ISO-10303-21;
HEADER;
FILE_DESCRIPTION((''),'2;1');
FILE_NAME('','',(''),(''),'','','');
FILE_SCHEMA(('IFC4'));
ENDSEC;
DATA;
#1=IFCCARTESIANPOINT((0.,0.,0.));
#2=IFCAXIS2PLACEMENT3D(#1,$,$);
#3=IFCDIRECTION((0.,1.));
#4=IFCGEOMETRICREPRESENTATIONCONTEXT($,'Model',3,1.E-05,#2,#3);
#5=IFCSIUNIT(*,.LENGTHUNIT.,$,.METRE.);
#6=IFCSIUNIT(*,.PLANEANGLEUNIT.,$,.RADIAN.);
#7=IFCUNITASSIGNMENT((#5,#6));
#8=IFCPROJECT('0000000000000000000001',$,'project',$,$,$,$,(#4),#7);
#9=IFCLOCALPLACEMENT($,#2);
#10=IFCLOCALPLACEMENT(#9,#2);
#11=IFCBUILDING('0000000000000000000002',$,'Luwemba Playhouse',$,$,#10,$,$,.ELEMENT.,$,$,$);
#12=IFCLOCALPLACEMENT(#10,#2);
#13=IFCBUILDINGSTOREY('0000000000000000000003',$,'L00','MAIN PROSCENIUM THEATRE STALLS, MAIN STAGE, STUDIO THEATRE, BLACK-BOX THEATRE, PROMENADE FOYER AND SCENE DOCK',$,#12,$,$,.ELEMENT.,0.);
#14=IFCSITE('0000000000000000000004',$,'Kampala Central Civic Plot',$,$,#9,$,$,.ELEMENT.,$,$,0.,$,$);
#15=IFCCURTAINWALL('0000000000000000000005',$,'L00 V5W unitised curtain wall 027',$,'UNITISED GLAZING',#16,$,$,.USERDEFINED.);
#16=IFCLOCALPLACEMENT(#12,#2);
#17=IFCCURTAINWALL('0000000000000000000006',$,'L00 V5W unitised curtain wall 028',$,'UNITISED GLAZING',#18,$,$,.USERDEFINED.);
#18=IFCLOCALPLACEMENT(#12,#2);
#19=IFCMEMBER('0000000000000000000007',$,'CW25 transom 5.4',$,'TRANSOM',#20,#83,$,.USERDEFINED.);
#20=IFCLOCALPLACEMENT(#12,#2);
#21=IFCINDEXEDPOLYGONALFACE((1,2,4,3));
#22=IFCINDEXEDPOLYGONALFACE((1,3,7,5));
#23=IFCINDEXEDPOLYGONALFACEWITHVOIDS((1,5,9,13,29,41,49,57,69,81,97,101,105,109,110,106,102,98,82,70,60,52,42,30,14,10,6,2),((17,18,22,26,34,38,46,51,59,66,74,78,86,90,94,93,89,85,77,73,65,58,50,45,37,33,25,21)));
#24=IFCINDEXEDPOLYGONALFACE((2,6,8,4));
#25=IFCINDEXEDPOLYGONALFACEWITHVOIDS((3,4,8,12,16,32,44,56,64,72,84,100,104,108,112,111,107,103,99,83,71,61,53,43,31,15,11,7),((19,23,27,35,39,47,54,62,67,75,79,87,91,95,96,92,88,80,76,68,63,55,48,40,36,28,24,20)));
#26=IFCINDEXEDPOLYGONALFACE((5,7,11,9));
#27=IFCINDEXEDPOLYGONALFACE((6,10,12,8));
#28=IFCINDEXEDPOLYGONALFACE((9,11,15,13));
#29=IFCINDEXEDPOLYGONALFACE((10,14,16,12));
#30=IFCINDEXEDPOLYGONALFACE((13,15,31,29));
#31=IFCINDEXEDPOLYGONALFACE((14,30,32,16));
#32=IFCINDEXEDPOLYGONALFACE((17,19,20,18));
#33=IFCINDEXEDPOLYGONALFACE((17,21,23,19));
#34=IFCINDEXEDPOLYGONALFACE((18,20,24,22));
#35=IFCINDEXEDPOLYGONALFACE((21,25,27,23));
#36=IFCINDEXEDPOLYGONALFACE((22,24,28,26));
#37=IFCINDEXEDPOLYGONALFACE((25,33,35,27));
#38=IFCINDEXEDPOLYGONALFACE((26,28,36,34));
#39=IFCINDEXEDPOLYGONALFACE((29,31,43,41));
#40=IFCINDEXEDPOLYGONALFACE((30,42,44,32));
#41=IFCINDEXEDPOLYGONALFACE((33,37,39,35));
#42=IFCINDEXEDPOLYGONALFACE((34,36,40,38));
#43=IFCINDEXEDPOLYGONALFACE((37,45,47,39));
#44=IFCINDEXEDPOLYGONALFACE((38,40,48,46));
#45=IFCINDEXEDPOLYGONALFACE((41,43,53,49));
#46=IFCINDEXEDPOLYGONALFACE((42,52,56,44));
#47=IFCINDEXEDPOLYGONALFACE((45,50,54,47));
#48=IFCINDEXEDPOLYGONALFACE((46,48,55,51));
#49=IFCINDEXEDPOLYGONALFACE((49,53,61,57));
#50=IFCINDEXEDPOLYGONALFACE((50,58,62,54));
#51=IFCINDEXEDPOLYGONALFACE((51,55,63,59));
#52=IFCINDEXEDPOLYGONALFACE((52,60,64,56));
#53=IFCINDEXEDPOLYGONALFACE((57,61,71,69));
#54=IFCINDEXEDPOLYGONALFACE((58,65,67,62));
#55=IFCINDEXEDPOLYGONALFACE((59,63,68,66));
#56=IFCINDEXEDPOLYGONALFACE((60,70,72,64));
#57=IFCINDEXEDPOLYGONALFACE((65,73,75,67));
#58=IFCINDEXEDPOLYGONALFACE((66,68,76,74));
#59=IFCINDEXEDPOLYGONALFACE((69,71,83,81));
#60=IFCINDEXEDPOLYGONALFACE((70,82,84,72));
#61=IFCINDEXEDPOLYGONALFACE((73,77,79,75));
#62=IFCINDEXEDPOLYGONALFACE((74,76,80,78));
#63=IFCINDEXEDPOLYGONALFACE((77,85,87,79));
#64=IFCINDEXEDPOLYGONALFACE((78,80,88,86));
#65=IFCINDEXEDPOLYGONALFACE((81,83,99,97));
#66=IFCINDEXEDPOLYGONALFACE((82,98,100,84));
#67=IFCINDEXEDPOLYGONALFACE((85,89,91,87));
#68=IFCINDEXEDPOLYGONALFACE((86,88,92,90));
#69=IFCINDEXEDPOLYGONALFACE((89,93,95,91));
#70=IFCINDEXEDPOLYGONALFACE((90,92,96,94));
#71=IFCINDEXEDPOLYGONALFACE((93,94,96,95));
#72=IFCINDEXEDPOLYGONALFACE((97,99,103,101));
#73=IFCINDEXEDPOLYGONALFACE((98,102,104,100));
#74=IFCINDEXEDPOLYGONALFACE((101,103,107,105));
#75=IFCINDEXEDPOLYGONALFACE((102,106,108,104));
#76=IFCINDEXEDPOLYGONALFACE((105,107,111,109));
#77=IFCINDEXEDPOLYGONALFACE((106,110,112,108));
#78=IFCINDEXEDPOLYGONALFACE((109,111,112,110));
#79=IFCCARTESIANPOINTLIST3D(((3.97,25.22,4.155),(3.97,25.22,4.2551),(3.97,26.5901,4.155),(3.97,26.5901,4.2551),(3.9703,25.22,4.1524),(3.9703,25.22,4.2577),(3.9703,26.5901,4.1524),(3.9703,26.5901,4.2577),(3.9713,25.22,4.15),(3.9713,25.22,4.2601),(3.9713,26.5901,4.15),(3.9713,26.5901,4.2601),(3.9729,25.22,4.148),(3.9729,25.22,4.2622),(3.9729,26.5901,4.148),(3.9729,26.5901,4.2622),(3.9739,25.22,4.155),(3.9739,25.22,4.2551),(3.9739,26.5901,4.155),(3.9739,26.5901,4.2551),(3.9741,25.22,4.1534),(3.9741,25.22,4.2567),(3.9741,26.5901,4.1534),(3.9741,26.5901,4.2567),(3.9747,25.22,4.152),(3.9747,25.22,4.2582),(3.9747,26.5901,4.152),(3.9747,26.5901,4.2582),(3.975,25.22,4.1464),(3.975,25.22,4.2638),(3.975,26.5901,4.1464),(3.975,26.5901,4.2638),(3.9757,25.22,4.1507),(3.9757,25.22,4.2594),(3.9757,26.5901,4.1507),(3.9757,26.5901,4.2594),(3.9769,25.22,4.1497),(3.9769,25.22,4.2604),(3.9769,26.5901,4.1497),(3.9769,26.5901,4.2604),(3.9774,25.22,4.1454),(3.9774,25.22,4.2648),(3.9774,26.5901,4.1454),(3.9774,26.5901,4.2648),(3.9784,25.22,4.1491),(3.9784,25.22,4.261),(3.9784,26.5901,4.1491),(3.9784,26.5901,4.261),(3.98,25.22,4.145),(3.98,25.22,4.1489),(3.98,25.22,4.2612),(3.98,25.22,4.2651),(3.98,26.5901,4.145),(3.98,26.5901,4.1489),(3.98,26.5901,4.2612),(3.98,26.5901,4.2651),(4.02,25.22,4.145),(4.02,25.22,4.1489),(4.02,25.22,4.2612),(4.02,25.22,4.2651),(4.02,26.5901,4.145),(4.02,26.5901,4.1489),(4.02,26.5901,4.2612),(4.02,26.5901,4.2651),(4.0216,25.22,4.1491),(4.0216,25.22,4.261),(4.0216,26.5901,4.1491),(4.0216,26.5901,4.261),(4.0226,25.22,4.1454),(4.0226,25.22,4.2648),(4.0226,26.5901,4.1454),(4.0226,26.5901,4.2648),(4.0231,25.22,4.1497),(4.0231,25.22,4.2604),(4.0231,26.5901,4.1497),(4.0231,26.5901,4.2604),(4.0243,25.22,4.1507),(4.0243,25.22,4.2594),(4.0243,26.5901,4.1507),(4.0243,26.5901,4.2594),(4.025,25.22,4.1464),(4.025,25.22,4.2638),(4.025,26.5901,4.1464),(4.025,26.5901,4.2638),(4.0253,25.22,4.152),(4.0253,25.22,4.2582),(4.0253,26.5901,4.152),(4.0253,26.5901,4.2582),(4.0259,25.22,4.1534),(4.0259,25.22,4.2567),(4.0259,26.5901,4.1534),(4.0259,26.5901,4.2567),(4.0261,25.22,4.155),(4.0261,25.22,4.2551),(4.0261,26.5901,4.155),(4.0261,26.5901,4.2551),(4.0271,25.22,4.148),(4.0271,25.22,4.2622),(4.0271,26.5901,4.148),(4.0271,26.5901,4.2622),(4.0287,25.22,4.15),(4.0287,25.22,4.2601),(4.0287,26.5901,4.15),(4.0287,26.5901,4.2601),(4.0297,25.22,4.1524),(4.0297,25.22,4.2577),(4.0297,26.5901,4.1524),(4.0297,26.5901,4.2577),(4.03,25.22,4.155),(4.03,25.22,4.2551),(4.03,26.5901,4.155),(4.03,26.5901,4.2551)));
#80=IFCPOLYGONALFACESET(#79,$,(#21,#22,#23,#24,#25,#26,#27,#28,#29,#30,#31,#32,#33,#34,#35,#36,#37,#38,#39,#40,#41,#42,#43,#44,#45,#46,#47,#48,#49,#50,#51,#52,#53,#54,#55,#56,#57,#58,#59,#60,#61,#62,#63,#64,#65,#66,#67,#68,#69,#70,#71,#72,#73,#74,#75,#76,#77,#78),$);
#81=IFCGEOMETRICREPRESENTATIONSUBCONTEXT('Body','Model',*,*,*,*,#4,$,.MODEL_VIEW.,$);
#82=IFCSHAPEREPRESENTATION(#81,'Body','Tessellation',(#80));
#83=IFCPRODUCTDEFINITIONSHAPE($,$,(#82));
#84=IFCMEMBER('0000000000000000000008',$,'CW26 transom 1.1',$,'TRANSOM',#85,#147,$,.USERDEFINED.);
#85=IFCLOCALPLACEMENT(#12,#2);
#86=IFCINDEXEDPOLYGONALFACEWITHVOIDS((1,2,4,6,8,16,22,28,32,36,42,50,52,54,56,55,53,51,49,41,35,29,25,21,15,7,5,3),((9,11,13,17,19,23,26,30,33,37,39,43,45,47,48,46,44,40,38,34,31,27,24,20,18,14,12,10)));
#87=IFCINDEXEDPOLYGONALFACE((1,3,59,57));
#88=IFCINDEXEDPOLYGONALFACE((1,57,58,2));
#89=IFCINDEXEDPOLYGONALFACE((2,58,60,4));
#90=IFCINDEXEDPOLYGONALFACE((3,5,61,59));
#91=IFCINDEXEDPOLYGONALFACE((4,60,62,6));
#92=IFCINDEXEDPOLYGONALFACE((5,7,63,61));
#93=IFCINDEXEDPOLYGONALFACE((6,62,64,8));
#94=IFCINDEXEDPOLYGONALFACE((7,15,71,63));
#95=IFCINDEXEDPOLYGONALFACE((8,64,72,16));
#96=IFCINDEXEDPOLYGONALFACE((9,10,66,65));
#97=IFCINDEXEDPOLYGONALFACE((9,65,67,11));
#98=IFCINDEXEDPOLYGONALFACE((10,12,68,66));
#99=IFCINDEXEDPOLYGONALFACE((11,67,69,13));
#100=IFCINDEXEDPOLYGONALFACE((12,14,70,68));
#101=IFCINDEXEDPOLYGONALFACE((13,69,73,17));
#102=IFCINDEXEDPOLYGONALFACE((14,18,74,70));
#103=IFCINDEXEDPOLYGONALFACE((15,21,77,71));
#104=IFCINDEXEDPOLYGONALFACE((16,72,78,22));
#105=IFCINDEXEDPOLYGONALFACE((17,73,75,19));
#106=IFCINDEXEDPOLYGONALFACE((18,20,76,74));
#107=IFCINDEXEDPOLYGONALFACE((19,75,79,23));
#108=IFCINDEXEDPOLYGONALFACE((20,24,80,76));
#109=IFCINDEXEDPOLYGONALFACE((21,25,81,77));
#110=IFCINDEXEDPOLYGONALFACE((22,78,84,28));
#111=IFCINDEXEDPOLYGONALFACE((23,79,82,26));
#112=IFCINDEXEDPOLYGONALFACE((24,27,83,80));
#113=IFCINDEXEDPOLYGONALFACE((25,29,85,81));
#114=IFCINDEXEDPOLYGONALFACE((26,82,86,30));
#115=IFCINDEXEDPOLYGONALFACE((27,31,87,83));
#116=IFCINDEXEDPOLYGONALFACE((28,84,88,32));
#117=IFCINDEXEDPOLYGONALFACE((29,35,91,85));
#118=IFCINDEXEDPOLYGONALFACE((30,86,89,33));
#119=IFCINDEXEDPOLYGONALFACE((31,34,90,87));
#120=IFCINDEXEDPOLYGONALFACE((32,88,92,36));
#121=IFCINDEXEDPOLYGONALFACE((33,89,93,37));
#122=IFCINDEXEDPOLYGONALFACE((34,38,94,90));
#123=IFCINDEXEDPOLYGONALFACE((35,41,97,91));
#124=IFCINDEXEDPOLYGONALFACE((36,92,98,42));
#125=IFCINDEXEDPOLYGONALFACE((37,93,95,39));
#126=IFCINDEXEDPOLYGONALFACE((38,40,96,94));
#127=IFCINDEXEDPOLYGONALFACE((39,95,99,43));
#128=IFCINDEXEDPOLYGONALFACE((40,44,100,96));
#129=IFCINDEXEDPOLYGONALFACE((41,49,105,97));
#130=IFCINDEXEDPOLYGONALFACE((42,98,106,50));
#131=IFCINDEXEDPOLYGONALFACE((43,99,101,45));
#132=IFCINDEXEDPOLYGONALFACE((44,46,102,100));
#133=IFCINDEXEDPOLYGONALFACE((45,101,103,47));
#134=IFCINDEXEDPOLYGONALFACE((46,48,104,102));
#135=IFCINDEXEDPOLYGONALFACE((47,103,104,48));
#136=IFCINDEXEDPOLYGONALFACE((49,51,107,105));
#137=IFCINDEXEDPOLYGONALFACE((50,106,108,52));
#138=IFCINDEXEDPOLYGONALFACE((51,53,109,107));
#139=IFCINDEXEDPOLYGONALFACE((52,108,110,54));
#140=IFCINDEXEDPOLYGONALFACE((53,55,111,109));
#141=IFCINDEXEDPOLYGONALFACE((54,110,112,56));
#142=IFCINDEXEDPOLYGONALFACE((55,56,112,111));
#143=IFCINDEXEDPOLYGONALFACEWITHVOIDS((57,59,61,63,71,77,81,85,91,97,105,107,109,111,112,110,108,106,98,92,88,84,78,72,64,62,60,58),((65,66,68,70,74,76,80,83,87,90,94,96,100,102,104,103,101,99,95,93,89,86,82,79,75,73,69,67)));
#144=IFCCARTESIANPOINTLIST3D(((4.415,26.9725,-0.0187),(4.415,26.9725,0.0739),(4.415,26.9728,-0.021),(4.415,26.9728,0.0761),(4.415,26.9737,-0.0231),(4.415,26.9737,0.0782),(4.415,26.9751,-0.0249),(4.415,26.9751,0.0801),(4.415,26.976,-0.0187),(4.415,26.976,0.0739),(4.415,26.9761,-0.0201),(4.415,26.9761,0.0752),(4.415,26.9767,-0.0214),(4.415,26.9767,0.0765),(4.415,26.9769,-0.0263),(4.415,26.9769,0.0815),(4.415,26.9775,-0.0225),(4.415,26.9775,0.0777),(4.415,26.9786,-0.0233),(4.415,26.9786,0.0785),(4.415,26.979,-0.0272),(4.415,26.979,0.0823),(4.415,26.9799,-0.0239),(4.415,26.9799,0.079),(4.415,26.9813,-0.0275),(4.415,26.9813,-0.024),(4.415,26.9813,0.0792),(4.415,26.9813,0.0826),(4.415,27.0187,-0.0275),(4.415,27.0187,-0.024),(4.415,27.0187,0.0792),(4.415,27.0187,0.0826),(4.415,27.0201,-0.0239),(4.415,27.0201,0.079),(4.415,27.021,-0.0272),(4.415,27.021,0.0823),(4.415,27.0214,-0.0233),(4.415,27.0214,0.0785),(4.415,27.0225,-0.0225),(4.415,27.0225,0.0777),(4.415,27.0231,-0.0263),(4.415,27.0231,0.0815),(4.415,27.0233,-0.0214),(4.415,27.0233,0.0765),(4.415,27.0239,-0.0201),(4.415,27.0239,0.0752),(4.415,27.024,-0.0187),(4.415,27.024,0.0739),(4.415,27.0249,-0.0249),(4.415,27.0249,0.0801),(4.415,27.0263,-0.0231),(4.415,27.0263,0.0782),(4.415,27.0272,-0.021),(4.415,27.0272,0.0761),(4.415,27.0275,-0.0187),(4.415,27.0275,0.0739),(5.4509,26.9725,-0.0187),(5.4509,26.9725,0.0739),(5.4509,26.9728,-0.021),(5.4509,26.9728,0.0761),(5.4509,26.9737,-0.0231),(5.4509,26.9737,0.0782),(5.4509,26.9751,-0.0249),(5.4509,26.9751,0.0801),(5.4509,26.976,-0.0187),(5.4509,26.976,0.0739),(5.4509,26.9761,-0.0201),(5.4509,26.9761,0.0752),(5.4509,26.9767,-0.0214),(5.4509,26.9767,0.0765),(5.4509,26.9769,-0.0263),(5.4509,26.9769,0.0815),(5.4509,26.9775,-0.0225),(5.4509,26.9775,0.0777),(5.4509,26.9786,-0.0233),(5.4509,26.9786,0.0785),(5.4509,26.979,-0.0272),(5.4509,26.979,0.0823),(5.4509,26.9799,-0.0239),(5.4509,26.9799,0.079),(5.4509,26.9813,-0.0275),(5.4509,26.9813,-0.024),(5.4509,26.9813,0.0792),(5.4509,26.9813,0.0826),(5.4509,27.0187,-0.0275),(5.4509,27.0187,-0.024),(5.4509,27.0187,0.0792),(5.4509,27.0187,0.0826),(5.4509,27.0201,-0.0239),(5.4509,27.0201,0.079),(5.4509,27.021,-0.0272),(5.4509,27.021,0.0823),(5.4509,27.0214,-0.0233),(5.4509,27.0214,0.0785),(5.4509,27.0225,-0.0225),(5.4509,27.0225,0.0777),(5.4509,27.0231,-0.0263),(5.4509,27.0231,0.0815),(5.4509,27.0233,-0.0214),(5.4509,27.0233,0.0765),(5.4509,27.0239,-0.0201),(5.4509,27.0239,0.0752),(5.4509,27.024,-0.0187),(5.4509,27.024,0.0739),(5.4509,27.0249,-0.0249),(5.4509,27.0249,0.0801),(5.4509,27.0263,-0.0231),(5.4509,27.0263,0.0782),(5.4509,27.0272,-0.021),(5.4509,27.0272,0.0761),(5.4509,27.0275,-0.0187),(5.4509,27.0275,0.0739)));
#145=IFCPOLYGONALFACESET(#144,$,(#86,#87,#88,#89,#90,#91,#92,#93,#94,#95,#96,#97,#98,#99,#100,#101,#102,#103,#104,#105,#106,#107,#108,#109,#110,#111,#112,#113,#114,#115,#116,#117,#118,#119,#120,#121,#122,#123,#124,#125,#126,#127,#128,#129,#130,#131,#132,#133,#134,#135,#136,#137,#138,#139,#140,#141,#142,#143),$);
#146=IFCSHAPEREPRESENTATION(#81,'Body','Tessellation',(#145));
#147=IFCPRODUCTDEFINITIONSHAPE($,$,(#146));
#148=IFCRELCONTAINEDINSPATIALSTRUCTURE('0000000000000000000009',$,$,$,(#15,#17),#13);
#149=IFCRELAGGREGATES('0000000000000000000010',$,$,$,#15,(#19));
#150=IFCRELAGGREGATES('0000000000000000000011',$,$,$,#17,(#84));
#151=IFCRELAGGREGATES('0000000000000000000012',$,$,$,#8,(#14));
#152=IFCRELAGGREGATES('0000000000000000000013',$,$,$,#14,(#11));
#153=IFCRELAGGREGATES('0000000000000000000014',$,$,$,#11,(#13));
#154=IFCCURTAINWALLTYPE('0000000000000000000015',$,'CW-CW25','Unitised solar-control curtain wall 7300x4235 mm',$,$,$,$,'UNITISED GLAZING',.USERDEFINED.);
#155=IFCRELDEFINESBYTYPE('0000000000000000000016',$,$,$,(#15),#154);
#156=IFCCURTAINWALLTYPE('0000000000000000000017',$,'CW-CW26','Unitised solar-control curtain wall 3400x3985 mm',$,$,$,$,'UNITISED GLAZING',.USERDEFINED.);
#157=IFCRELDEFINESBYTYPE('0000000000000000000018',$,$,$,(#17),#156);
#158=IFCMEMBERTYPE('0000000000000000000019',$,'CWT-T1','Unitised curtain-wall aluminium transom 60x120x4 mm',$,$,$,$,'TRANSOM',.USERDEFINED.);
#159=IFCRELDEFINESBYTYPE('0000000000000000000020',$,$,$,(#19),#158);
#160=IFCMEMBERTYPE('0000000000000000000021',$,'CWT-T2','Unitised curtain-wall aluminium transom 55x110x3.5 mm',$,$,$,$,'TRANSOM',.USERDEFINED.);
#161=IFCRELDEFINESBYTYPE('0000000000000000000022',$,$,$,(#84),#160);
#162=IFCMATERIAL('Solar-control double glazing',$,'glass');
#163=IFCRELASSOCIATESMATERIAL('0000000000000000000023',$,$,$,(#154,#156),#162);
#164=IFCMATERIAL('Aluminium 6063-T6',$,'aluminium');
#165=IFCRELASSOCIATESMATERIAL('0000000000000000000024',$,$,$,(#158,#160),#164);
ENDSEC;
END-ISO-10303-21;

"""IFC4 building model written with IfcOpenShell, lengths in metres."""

from ifc_helpers import new_model, si_unit, direction, frame, origin, origin_2d, place, context, subcontext, project, spatial, hollow_rectangle, extrude, material, material_profile, profile_set, type_object, element, aggregate, save


model = new_model("IFC4")

# Units and contexts
model_context = context("Model", 3, precision=1e-05, world=origin(), true_north=direction((0.0, 1.0)))
body_context = subcontext(model_context, "Body", "Model", "MODEL_VIEW")
ifc_project = project(units=[si_unit("LENGTHUNIT", "METRE"), si_unit("PLANEANGLEUNIT", "RADIAN")], contexts=[model_context])

# Site, building, storey
site_placement = place(None, origin())
site = spatial("IfcSite", under=ifc_project, at=site_placement, Name="Kampala Central Civic Plot", CompositionType="ELEMENT", RefElevation=0.0)
building_placement = place(site_placement, origin())
building = spatial("IfcBuilding", under=site, at=building_placement, Name="Luwemba Playhouse", CompositionType="ELEMENT")
storey_placement = place(building_placement, origin())
storey = spatial("IfcBuildingStorey", under=building, at=storey_placement, Name="L00", Description="MAIN PROSCENIUM THEATRE STALLS, MAIN STAGE, STUDIO THEATRE, BLACK-BOX THEATRE, PROMENADE FOYER AND SCENE DOCK", CompositionType="ELEMENT", Elevation=0.0)

# Curtain wall
ifc_material_1 = material(Name="Solar-control double glazing", Category="glass")
curtain_wall_type_1 = type_object("IfcCurtainWallType", Name="CW-CW25", Description="Unitised solar-control curtain wall 7300x4235 mm", ElementType="UNITISED GLAZING", PredefinedType="USERDEFINED", material=ifc_material_1)
curtain_wall_1_placement = place(storey_placement, origin())
curtain_wall_1 = element("IfcCurtainWall", 1, at=curtain_wall_1_placement, inside=storey, type_object=curtain_wall_type_1, Name="L00 V5W unitised curtain wall 027", ObjectType="UNITISED GLAZING", PredefinedType="USERDEFINED")
ifc_material_2 = material(Name="Aluminium 6063-T6", Category="aluminium")

# Curtain wall
curtain_wall_type_2 = type_object("IfcCurtainWallType", Name="CW-CW26", Description="Unitised solar-control curtain wall 3400x3985 mm", ElementType="UNITISED GLAZING", PredefinedType="USERDEFINED", material=ifc_material_1)
curtain_wall_2_placement = place(storey_placement, origin())
curtain_wall_2 = element("IfcCurtainWall", 2, at=curtain_wall_2_placement, inside=storey, type_object=curtain_wall_type_2, Name="L00 V5W unitised curtain wall 028", ObjectType="UNITISED GLAZING", PredefinedType="USERDEFINED")

# Members
ifc_material_profile_1 = material_profile(ifc_material_2, hollow_rectangle(XDim=0.0601, YDim=0.1201, WallThickness=0.0039, InnerFilletRadius=0.0061, OuterFilletRadius=0.01, at=origin_2d()))
ifc_profile_set_1 = profile_set([ifc_material_profile_1], Name="Aluminium 6063-T6")
member_type_1 = type_object("IfcMemberType", Name="CWT-T1", Description="Unitised curtain-wall aluminium transom 60x120x4 mm", ElementType="TRANSOM", PredefinedType="USERDEFINED", material=ifc_profile_set_1)
member_1_placement = place(storey_placement, frame((4.0, 25.22, 4.2051), z_axis=(0.0, 1.0, 0.0), x_axis=(-1.0, 0.0, 0.0)))
member_1 = element("IfcMember", 3, at=member_1_placement, type_object=member_type_1, Name="CW25 transom 5.4", ObjectType="TRANSOM", PredefinedType="USERDEFINED", context=body_context, shape_type="SweptSolid", body=[
    extrude(hollow_rectangle(XDim=0.0601, YDim=0.1201, WallThickness=0.0039, InnerFilletRadius=0.0061, OuterFilletRadius=0.01, at=origin_2d()), origin(), (0.0, 0.0, 1.0), 1.3701),
])
ifc_material_profile_2 = material_profile(ifc_material_2, hollow_rectangle(XDim=0.0549, YDim=0.1101, WallThickness=0.0034, InnerFilletRadius=0.0054, OuterFilletRadius=0.0088, at=origin_2d()))
ifc_profile_set_2 = profile_set([ifc_material_profile_2], Name="Aluminium 6063-T6")
member_type_2 = type_object("IfcMemberType", Name="CWT-T2", Description="Unitised curtain-wall aluminium transom 55x110x3.5 mm", ElementType="TRANSOM", PredefinedType="USERDEFINED", material=ifc_profile_set_2)
member_2_placement = place(storey_placement, frame((4.415, 27.0, 0.0276), z_axis=(1.0, 0.0, 0.0), x_axis=(0.0, 1.0, 0.0)))
member_2 = element("IfcMember", 4, at=member_2_placement, type_object=member_type_2, Name="CW26 transom 1.1", ObjectType="TRANSOM", PredefinedType="USERDEFINED", context=body_context, shape_type="SweptSolid", body=[
    extrude(hollow_rectangle(XDim=0.0549, YDim=0.1101, WallThickness=0.0034, InnerFilletRadius=0.0054, OuterFilletRadius=0.0088, at=origin_2d()), origin(), (0.0, 0.0, 1.0), 1.0359),
])

aggregate(curtain_wall_1, [member_1])
aggregate(curtain_wall_2, [member_2])

save(model, "model.ifc")
